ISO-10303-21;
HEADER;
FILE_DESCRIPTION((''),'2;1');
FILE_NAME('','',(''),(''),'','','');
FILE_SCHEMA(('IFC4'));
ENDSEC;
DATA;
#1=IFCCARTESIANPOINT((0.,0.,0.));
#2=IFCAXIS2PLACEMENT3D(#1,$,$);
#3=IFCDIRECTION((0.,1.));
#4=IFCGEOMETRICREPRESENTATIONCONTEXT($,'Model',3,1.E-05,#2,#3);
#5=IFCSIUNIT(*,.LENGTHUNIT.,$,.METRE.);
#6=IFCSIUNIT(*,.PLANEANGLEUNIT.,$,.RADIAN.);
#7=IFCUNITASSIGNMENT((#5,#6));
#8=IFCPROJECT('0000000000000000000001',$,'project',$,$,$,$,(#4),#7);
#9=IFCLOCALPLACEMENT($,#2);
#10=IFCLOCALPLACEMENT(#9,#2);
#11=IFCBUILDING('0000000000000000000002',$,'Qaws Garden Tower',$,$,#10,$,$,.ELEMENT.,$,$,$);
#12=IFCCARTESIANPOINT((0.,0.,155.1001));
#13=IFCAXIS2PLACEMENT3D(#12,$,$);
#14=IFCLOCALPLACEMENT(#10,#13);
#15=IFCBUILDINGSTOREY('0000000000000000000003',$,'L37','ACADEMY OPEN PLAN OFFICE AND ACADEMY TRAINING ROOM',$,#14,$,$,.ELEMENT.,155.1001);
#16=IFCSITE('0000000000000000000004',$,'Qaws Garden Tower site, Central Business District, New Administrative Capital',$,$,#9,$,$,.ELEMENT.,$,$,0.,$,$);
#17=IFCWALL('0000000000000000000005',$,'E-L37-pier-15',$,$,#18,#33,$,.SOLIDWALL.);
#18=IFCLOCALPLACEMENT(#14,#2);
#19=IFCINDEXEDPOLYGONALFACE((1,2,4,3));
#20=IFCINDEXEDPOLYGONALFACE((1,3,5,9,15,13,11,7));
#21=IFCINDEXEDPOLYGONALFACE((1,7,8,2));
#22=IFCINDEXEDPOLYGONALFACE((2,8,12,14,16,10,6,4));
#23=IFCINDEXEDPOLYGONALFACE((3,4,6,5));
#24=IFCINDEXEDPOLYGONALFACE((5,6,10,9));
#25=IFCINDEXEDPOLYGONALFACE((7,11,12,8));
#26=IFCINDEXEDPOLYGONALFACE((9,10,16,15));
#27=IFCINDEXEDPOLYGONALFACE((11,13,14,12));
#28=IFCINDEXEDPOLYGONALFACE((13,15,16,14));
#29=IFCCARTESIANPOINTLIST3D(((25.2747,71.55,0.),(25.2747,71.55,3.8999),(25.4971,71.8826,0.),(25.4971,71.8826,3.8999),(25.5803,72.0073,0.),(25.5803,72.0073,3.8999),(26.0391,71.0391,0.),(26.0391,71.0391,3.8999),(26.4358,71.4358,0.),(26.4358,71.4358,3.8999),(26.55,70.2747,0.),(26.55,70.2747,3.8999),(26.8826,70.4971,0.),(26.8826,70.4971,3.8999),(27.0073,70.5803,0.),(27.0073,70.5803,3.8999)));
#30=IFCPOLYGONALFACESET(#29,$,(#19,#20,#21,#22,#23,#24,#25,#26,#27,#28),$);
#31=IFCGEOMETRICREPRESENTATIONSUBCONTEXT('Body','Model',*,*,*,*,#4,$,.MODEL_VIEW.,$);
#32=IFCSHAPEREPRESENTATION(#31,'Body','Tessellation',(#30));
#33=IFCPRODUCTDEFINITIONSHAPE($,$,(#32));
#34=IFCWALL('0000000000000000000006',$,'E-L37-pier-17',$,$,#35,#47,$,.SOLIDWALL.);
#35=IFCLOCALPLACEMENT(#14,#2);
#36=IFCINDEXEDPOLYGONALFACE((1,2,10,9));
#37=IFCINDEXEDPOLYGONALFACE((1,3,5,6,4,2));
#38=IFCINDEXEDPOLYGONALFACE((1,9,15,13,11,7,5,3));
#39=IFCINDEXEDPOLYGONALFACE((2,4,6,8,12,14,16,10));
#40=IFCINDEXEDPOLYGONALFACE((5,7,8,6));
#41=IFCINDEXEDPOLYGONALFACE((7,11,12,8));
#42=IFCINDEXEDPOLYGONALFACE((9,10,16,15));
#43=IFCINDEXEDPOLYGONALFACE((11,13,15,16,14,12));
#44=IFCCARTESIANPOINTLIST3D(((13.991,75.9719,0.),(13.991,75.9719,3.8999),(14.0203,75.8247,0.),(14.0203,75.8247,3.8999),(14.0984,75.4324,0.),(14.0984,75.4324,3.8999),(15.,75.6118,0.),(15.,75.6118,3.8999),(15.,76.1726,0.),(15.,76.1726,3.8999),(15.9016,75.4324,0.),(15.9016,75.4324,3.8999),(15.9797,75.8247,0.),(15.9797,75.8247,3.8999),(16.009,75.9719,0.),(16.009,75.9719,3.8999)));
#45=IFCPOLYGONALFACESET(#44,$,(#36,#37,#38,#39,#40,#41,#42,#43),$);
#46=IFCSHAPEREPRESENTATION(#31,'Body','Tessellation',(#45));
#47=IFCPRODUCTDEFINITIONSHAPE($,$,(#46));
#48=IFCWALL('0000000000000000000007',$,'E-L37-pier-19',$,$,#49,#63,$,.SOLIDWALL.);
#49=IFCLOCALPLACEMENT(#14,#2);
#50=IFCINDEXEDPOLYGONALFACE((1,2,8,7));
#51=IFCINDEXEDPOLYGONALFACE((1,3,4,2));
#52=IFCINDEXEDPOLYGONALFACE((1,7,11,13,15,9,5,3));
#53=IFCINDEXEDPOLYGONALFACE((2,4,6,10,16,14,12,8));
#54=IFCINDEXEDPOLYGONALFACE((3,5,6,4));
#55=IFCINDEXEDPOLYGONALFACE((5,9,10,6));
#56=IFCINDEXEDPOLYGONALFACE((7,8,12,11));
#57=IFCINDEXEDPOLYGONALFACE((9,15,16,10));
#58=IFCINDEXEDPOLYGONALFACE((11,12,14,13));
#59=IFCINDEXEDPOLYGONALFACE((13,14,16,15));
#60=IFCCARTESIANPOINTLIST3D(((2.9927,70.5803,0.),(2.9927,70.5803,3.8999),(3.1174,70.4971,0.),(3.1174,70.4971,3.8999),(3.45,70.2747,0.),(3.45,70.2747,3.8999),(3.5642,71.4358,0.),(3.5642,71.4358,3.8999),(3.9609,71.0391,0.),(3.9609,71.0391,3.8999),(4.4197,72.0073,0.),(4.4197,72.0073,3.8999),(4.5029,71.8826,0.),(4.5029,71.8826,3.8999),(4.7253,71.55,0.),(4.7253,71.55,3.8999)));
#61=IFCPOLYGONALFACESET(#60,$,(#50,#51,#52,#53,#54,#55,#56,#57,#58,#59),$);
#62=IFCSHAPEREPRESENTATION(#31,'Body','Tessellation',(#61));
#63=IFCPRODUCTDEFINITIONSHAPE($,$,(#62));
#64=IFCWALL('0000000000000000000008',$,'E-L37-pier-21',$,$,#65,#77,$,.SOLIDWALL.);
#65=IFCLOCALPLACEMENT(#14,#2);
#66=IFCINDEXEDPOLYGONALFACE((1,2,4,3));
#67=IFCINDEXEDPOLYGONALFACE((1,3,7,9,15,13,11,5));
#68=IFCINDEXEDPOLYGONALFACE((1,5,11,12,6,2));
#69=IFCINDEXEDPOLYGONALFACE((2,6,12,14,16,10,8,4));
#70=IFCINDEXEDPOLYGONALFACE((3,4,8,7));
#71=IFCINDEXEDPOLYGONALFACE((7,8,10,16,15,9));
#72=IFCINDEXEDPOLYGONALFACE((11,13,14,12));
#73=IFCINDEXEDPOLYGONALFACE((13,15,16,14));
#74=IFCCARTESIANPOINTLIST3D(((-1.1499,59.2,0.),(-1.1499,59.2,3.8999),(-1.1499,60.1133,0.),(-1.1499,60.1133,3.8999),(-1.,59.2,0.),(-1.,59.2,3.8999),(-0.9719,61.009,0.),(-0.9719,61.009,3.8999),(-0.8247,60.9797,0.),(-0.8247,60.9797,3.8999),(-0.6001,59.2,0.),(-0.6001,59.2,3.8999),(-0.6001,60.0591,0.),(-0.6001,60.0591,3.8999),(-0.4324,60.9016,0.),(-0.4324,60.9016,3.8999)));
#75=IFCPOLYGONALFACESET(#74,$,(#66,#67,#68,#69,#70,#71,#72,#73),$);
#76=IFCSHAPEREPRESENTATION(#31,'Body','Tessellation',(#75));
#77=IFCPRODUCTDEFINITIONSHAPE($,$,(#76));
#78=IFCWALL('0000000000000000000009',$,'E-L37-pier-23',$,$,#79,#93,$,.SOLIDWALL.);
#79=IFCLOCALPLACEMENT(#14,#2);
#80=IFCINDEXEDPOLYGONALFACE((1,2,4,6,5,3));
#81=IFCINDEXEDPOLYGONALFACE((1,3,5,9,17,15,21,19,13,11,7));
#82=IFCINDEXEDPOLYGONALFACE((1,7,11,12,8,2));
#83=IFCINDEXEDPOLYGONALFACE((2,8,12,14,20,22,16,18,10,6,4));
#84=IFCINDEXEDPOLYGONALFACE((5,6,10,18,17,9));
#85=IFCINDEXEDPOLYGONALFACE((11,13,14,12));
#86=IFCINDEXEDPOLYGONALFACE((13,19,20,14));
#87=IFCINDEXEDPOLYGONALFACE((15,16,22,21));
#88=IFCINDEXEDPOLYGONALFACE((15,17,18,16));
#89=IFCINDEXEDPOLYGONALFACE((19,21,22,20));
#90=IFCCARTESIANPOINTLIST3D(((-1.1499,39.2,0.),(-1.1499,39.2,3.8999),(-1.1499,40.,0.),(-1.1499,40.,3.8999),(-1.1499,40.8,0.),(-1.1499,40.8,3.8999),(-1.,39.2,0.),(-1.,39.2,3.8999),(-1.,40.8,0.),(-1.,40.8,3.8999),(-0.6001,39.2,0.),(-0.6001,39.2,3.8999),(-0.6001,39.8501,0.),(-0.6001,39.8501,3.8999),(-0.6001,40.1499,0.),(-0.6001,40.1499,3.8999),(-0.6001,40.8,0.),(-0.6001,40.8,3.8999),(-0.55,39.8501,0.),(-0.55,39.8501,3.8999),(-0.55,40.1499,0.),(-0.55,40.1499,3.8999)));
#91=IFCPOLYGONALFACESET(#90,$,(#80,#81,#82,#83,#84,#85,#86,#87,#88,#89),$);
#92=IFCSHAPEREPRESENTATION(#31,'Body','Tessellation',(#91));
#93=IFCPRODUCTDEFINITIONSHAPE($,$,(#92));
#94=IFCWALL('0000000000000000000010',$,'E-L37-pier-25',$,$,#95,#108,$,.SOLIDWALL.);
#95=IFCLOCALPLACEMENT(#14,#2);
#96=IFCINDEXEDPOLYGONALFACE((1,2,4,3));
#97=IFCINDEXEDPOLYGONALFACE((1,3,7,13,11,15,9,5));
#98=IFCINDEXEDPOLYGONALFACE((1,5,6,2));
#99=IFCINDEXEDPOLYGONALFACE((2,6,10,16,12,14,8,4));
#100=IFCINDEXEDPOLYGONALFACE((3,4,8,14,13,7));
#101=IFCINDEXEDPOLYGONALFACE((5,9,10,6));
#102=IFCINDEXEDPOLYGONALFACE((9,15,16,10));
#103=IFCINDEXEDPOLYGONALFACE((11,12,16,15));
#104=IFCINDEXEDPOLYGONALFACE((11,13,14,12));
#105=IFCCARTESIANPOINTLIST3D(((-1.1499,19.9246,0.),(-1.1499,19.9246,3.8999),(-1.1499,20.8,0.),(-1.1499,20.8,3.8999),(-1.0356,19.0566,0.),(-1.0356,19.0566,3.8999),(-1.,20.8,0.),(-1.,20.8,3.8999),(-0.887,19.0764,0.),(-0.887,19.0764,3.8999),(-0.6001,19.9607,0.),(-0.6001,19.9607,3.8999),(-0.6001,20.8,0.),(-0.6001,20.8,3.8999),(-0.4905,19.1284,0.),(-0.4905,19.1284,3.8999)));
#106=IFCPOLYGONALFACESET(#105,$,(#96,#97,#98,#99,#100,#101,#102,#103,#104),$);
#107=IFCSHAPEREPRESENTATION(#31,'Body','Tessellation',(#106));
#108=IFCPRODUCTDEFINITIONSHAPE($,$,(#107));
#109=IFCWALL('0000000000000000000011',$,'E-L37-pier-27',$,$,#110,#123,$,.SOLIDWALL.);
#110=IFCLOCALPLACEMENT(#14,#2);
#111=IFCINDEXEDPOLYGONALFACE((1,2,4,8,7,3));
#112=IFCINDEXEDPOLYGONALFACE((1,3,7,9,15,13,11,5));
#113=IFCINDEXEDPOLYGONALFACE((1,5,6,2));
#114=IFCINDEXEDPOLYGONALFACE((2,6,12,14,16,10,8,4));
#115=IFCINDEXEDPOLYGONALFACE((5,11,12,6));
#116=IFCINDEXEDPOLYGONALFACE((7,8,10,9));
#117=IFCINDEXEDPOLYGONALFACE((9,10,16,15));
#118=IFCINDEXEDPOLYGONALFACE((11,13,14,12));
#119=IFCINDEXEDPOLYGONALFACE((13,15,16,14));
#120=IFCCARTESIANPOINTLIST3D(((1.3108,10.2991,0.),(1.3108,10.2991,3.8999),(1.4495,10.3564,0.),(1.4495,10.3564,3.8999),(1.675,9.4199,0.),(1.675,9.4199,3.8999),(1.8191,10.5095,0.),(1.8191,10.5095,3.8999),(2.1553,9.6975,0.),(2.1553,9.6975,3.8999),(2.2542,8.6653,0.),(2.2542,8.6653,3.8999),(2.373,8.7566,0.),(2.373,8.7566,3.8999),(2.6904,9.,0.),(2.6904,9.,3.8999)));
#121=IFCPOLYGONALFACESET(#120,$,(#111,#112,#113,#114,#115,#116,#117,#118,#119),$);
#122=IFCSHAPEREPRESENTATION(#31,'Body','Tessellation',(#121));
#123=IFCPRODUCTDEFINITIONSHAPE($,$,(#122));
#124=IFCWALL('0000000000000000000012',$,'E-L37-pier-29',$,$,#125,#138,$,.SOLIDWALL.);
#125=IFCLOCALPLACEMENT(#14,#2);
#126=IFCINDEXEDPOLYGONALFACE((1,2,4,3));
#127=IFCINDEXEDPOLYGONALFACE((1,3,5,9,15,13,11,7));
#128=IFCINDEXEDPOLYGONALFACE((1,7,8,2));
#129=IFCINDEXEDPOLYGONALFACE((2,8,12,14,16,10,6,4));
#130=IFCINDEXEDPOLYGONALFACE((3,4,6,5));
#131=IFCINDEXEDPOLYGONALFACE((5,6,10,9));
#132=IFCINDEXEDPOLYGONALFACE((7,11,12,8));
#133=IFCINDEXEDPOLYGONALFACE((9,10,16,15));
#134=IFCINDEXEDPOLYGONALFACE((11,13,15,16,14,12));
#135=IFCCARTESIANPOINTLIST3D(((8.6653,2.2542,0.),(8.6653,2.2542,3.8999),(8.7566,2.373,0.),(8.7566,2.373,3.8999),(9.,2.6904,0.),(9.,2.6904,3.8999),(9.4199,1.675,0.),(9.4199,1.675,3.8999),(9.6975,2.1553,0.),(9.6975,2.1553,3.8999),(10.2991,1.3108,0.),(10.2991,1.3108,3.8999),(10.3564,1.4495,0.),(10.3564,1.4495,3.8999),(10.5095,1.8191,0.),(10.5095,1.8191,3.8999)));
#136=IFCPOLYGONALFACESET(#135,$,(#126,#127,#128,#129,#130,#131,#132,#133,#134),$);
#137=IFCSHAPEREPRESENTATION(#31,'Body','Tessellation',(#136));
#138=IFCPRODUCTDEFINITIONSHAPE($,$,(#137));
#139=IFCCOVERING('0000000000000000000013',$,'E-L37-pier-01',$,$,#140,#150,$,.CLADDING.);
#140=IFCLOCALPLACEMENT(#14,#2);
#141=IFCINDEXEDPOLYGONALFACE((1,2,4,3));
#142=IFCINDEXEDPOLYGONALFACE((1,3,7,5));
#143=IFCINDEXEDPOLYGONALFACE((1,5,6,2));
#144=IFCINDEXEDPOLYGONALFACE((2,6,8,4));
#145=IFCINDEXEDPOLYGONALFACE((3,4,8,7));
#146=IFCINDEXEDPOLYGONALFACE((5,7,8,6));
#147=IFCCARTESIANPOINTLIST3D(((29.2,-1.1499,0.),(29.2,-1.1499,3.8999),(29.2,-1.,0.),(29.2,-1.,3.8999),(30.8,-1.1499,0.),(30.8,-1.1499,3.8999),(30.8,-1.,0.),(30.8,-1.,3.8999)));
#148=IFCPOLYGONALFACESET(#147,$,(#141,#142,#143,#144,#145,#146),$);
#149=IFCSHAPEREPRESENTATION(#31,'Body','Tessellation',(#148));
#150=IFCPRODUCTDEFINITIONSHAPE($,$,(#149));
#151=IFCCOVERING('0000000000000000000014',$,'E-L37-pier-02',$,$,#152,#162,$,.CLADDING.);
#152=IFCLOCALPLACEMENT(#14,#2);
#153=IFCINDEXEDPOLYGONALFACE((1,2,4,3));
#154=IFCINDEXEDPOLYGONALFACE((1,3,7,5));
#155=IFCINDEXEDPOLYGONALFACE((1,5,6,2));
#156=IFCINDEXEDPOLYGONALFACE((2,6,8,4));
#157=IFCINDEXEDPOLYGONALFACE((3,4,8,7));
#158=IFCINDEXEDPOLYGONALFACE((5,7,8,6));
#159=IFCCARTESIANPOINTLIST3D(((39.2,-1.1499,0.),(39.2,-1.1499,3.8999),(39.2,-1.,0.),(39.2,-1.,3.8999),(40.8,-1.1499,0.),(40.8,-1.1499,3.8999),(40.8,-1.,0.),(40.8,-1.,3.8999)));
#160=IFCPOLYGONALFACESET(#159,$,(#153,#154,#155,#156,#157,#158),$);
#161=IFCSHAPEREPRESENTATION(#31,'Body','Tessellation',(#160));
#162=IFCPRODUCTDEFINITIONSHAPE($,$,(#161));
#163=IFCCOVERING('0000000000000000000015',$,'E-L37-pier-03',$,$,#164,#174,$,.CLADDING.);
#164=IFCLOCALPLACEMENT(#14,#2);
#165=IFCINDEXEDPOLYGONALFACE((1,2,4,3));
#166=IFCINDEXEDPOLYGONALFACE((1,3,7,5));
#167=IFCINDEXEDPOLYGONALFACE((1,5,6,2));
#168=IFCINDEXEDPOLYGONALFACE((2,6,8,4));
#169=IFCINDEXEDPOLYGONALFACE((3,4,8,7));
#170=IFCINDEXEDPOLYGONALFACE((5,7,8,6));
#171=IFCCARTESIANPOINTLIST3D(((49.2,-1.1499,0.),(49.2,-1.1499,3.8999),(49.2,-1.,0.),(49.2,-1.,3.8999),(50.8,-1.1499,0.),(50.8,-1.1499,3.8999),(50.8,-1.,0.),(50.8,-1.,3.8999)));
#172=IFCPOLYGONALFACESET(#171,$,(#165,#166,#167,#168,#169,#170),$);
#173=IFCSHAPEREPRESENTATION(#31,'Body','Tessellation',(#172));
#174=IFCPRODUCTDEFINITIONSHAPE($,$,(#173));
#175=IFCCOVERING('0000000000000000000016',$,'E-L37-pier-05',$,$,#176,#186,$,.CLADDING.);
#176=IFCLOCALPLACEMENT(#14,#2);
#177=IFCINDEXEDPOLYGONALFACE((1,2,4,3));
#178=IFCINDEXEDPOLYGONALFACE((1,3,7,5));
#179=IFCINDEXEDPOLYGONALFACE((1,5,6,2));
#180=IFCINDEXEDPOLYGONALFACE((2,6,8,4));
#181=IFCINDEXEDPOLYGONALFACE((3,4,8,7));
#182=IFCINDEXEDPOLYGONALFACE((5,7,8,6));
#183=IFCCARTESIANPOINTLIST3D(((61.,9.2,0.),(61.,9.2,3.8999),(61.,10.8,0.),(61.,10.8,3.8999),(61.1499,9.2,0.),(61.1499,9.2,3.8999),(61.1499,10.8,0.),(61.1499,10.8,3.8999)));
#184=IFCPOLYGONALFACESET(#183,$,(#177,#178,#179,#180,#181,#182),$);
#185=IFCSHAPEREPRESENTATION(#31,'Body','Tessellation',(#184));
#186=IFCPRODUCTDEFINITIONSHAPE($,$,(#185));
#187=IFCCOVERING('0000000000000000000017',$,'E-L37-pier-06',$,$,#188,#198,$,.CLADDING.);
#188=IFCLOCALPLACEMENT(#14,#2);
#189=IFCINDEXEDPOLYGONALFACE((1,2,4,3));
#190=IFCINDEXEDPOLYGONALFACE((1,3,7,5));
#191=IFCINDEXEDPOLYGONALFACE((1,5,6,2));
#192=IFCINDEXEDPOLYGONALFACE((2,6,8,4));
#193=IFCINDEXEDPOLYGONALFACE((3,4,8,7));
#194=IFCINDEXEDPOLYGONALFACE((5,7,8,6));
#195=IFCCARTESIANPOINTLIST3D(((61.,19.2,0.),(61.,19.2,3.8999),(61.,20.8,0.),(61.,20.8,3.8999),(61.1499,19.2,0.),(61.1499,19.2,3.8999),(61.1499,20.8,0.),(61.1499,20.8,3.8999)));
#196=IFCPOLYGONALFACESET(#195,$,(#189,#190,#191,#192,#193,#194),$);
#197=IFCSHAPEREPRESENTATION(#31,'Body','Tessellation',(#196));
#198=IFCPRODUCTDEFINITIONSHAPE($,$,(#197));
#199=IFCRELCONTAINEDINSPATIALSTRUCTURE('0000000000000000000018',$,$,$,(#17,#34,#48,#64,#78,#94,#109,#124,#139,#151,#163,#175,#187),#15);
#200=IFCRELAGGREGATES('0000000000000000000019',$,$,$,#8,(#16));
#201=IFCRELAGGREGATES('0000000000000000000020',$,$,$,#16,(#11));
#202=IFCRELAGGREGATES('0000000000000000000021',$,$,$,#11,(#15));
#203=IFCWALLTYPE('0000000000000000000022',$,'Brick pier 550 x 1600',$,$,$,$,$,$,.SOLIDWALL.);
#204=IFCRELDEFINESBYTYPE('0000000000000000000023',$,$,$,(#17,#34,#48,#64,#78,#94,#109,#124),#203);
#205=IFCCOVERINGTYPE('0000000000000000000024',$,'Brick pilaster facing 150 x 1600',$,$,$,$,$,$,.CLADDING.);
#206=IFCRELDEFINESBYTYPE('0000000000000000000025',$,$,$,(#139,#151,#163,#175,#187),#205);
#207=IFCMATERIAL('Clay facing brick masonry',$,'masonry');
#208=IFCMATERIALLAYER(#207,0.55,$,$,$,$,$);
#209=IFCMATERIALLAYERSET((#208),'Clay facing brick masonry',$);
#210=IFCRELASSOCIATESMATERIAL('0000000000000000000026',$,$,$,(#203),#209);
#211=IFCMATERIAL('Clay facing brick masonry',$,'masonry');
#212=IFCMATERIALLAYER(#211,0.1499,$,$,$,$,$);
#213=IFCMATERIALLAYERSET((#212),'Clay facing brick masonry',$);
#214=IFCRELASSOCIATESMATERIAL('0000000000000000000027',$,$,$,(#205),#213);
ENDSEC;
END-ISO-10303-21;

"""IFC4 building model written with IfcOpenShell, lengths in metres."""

from ifc_helpers import new_model, si_unit, direction, frame, origin, place, context, subcontext, project, spatial, polyline, outline, extrude, material, layer, layer_set, type_object, element, save


model = new_model("IFC4")

# Units and contexts
model_context = context("Model", 3, precision=1e-05, world=origin(), true_north=direction((0.0, 1.0)))
body_context = subcontext(model_context, "Body", "Model", "MODEL_VIEW")
ifc_project = project(units=[si_unit("LENGTHUNIT", "METRE"), si_unit("PLANEANGLEUNIT", "RADIAN")], contexts=[model_context])

# Site, building, storey
site_placement = place(None, origin())
site = spatial("IfcSite", under=ifc_project, at=site_placement, Name="Qaws Garden Tower site, Central Business District, New Administrative Capital", CompositionType="ELEMENT", RefElevation=0.0)
building_placement = place(site_placement, origin())
building = spatial("IfcBuilding", under=site, at=building_placement, Name="Qaws Garden Tower", CompositionType="ELEMENT")
storey_placement = place(building_placement, frame((0.0, 0.0, 155.1001)))
storey = spatial("IfcBuildingStorey", under=building, at=storey_placement, Name="L37", Description="ACADEMY OPEN PLAN OFFICE AND ACADEMY TRAINING ROOM", CompositionType="ELEMENT", Elevation=155.1001)

# Walls
placement = place(storey_placement, origin())
ifc_material_1 = material(Name="Clay facing brick masonry", Category="masonry")
ifc_layer_1 = layer(ifc_material_1, 0.55)
ifc_layer_set_1 = layer_set([ifc_layer_1], Name="Clay facing brick masonry")
wall_type_1 = type_object("IfcWallType", Name="Brick pier 550 x 1600", PredefinedType="SOLIDWALL", material=ifc_layer_set_1)
element("IfcWall", 1, at=placement, inside=storey, type_object=wall_type_1, Name="E-L37-pier-15", PredefinedType="SOLIDWALL", context=body_context, shape_type="SweptSolid", body=[
    extrude(outline(polyline([(26.8826, 70.4971), (27.0073, 70.5803), (26.4358, 71.4358), (25.5803, 72.0073), (25.4971, 71.8826), (25.2747, 71.55), (26.0391, 71.0391), (26.55, 70.2747), (26.8826, 70.4971)])), origin(), (0.0, 0.0, 1.0), 3.8999),
])
element("IfcWall", 2, at=placement, inside=storey, type_object=wall_type_1, Name="E-L37-pier-17", PredefinedType="SOLIDWALL", context=body_context, shape_type="SweptSolid", body=[
    extrude(outline(polyline([(15.9797, 75.8247), (16.009, 75.9719), (15.0, 76.1726), (13.991, 75.9719), (14.0203, 75.8247), (14.0984, 75.4324), (15.0, 75.6118), (15.9016, 75.4324), (15.9797, 75.8247)])), origin(), (0.0, 0.0, 1.0), 3.8999),
])
element("IfcWall", 3, at=placement, inside=storey, type_object=wall_type_1, Name="E-L37-pier-19", PredefinedType="SOLIDWALL", context=body_context, shape_type="SweptSolid", body=[
    extrude(outline(polyline([(4.5029, 71.8826), (4.4197, 72.0073), (3.5642, 71.4358), (2.9927, 70.5803), (3.1174, 70.4971), (3.45, 70.2747), (3.9609, 71.0391), (4.7253, 71.55), (4.5029, 71.8826)])), origin(), (0.0, 0.0, 1.0), 3.8999),
])
element("IfcWall", 4, at=placement, inside=storey, type_object=wall_type_1, Name="E-L37-pier-21", PredefinedType="SOLIDWALL", context=body_context, shape_type="SweptSolid", body=[
    extrude(outline(polyline([(-0.8247, 60.9797), (-0.9719, 61.009), (-1.1499, 60.1133), (-1.1499, 59.2), (-1.0, 59.2), (-0.6001, 59.2), (-0.6001, 60.0591), (-0.4324, 60.9016), (-0.8247, 60.9797)])), origin(), (0.0, 0.0, 1.0), 3.8999),
])
element("IfcWall", 5, at=placement, inside=storey, type_object=wall_type_1, Name="E-L37-pier-23", PredefinedType="SOLIDWALL", context=body_context, shape_type="SweptSolid", body=[
    extrude(outline(polyline([(-0.6001, 39.2), (-0.6001, 39.8501), (-0.55, 39.8501), (-0.55, 40.1499), (-0.6001, 40.1499), (-0.6001, 40.8), (-1.0, 40.8), (-1.1499, 40.8), (-1.1499, 40.0), (-1.1499, 39.2), (-1.0, 39.2), (-0.6001, 39.2)])), origin(), (0.0, 0.0, 1.0), 3.8999),
])
element("IfcWall", 6, at=placement, inside=storey, type_object=wall_type_1, Name="E-L37-pier-25", PredefinedType="SOLIDWALL", context=body_context, shape_type="SweptSolid", body=[
    extrude(outline(polyline([(-1.0, 20.8), (-1.1499, 20.8), (-1.1499, 19.9246), (-1.0356, 19.0566), (-0.887, 19.0764), (-0.4905, 19.1284), (-0.6001, 19.9607), (-0.6001, 20.8), (-1.0, 20.8)])), origin(), (0.0, 0.0, 1.0), 3.8999),
])
element("IfcWall", 7, at=placement, inside=storey, type_object=wall_type_1, Name="E-L37-pier-27", PredefinedType="SOLIDWALL", context=body_context, shape_type="SweptSolid", body=[
    extrude(outline(polyline([(1.4495, 10.3564), (1.3108, 10.2991), (1.675, 9.4199), (2.2542, 8.6653), (2.373, 8.7566), (2.6904, 9.0), (2.1553, 9.6975), (1.8191, 10.5095), (1.4495, 10.3564)])), origin(), (0.0, 0.0, 1.0), 3.8999),
])
element("IfcWall", 8, at=placement, inside=storey, type_object=wall_type_1, Name="E-L37-pier-29", PredefinedType="SOLIDWALL", context=body_context, shape_type="SweptSolid", body=[
    extrude(outline(polyline([(8.7566, 2.373), (8.6653, 2.2542), (9.4199, 1.675), (10.2991, 1.3108), (10.3564, 1.4495), (10.5095, 1.8191), (9.6975, 2.1553), (9.0, 2.6904), (8.7566, 2.373)])), origin(), (0.0, 0.0, 1.0), 3.8999),
])

# Coverings
ifc_material_2 = material(Name="Clay facing brick masonry", Category="masonry")
ifc_layer_2 = layer(ifc_material_2, 0.1499)
ifc_layer_set_2 = layer_set([ifc_layer_2], Name="Clay facing brick masonry")
covering_type = type_object("IfcCoveringType", Name="Brick pilaster facing 150 x 1600", PredefinedType="CLADDING", material=ifc_layer_set_2)
element("IfcCovering", 9, at=placement, inside=storey, type_object=covering_type, Name="E-L37-pier-01", PredefinedType="CLADDING", context=body_context, shape_type="SweptSolid", body=[
    extrude(outline(polyline([(29.2, -1.0), (30.8, -1.0), (30.8, -1.1499), (29.2, -1.1499), (29.2, -1.0)])), origin(), (0.0, 0.0, 1.0), 3.8999),
])
element("IfcCovering", 10, at=placement, inside=storey, type_object=covering_type, Name="E-L37-pier-02", PredefinedType="CLADDING", context=body_context, shape_type="SweptSolid", body=[
    extrude(outline(polyline([(39.2, -1.0), (40.8, -1.0), (40.8, -1.1499), (39.2, -1.1499), (39.2, -1.0)])), origin(), (0.0, 0.0, 1.0), 3.8999),
])
element("IfcCovering", 11, at=placement, inside=storey, type_object=covering_type, Name="E-L37-pier-03", PredefinedType="CLADDING", context=body_context, shape_type="SweptSolid", body=[
    extrude(outline(polyline([(49.2, -1.0), (50.8, -1.0), (50.8, -1.1499), (49.2, -1.1499), (49.2, -1.0)])), origin(), (0.0, 0.0, 1.0), 3.8999),
])
element("IfcCovering", 12, at=placement, inside=storey, type_object=covering_type, Name="E-L37-pier-05", PredefinedType="CLADDING", context=body_context, shape_type="SweptSolid", body=[
    extrude(outline(polyline([(61.0, 9.2), (61.0, 10.8), (61.1499, 10.8), (61.1499, 9.2), (61.0, 9.2)])), origin(), (0.0, 0.0, 1.0), 3.8999),
])
element("IfcCovering", 13, at=placement, inside=storey, type_object=covering_type, Name="E-L37-pier-06", PredefinedType="CLADDING", context=body_context, shape_type="SweptSolid", body=[
    extrude(outline(polyline([(61.0, 19.2), (61.0, 20.8), (61.1499, 20.8), (61.1499, 19.2), (61.0, 19.2)])), origin(), (0.0, 0.0, 1.0), 3.8999),
])

save(model, "model.ifc")
